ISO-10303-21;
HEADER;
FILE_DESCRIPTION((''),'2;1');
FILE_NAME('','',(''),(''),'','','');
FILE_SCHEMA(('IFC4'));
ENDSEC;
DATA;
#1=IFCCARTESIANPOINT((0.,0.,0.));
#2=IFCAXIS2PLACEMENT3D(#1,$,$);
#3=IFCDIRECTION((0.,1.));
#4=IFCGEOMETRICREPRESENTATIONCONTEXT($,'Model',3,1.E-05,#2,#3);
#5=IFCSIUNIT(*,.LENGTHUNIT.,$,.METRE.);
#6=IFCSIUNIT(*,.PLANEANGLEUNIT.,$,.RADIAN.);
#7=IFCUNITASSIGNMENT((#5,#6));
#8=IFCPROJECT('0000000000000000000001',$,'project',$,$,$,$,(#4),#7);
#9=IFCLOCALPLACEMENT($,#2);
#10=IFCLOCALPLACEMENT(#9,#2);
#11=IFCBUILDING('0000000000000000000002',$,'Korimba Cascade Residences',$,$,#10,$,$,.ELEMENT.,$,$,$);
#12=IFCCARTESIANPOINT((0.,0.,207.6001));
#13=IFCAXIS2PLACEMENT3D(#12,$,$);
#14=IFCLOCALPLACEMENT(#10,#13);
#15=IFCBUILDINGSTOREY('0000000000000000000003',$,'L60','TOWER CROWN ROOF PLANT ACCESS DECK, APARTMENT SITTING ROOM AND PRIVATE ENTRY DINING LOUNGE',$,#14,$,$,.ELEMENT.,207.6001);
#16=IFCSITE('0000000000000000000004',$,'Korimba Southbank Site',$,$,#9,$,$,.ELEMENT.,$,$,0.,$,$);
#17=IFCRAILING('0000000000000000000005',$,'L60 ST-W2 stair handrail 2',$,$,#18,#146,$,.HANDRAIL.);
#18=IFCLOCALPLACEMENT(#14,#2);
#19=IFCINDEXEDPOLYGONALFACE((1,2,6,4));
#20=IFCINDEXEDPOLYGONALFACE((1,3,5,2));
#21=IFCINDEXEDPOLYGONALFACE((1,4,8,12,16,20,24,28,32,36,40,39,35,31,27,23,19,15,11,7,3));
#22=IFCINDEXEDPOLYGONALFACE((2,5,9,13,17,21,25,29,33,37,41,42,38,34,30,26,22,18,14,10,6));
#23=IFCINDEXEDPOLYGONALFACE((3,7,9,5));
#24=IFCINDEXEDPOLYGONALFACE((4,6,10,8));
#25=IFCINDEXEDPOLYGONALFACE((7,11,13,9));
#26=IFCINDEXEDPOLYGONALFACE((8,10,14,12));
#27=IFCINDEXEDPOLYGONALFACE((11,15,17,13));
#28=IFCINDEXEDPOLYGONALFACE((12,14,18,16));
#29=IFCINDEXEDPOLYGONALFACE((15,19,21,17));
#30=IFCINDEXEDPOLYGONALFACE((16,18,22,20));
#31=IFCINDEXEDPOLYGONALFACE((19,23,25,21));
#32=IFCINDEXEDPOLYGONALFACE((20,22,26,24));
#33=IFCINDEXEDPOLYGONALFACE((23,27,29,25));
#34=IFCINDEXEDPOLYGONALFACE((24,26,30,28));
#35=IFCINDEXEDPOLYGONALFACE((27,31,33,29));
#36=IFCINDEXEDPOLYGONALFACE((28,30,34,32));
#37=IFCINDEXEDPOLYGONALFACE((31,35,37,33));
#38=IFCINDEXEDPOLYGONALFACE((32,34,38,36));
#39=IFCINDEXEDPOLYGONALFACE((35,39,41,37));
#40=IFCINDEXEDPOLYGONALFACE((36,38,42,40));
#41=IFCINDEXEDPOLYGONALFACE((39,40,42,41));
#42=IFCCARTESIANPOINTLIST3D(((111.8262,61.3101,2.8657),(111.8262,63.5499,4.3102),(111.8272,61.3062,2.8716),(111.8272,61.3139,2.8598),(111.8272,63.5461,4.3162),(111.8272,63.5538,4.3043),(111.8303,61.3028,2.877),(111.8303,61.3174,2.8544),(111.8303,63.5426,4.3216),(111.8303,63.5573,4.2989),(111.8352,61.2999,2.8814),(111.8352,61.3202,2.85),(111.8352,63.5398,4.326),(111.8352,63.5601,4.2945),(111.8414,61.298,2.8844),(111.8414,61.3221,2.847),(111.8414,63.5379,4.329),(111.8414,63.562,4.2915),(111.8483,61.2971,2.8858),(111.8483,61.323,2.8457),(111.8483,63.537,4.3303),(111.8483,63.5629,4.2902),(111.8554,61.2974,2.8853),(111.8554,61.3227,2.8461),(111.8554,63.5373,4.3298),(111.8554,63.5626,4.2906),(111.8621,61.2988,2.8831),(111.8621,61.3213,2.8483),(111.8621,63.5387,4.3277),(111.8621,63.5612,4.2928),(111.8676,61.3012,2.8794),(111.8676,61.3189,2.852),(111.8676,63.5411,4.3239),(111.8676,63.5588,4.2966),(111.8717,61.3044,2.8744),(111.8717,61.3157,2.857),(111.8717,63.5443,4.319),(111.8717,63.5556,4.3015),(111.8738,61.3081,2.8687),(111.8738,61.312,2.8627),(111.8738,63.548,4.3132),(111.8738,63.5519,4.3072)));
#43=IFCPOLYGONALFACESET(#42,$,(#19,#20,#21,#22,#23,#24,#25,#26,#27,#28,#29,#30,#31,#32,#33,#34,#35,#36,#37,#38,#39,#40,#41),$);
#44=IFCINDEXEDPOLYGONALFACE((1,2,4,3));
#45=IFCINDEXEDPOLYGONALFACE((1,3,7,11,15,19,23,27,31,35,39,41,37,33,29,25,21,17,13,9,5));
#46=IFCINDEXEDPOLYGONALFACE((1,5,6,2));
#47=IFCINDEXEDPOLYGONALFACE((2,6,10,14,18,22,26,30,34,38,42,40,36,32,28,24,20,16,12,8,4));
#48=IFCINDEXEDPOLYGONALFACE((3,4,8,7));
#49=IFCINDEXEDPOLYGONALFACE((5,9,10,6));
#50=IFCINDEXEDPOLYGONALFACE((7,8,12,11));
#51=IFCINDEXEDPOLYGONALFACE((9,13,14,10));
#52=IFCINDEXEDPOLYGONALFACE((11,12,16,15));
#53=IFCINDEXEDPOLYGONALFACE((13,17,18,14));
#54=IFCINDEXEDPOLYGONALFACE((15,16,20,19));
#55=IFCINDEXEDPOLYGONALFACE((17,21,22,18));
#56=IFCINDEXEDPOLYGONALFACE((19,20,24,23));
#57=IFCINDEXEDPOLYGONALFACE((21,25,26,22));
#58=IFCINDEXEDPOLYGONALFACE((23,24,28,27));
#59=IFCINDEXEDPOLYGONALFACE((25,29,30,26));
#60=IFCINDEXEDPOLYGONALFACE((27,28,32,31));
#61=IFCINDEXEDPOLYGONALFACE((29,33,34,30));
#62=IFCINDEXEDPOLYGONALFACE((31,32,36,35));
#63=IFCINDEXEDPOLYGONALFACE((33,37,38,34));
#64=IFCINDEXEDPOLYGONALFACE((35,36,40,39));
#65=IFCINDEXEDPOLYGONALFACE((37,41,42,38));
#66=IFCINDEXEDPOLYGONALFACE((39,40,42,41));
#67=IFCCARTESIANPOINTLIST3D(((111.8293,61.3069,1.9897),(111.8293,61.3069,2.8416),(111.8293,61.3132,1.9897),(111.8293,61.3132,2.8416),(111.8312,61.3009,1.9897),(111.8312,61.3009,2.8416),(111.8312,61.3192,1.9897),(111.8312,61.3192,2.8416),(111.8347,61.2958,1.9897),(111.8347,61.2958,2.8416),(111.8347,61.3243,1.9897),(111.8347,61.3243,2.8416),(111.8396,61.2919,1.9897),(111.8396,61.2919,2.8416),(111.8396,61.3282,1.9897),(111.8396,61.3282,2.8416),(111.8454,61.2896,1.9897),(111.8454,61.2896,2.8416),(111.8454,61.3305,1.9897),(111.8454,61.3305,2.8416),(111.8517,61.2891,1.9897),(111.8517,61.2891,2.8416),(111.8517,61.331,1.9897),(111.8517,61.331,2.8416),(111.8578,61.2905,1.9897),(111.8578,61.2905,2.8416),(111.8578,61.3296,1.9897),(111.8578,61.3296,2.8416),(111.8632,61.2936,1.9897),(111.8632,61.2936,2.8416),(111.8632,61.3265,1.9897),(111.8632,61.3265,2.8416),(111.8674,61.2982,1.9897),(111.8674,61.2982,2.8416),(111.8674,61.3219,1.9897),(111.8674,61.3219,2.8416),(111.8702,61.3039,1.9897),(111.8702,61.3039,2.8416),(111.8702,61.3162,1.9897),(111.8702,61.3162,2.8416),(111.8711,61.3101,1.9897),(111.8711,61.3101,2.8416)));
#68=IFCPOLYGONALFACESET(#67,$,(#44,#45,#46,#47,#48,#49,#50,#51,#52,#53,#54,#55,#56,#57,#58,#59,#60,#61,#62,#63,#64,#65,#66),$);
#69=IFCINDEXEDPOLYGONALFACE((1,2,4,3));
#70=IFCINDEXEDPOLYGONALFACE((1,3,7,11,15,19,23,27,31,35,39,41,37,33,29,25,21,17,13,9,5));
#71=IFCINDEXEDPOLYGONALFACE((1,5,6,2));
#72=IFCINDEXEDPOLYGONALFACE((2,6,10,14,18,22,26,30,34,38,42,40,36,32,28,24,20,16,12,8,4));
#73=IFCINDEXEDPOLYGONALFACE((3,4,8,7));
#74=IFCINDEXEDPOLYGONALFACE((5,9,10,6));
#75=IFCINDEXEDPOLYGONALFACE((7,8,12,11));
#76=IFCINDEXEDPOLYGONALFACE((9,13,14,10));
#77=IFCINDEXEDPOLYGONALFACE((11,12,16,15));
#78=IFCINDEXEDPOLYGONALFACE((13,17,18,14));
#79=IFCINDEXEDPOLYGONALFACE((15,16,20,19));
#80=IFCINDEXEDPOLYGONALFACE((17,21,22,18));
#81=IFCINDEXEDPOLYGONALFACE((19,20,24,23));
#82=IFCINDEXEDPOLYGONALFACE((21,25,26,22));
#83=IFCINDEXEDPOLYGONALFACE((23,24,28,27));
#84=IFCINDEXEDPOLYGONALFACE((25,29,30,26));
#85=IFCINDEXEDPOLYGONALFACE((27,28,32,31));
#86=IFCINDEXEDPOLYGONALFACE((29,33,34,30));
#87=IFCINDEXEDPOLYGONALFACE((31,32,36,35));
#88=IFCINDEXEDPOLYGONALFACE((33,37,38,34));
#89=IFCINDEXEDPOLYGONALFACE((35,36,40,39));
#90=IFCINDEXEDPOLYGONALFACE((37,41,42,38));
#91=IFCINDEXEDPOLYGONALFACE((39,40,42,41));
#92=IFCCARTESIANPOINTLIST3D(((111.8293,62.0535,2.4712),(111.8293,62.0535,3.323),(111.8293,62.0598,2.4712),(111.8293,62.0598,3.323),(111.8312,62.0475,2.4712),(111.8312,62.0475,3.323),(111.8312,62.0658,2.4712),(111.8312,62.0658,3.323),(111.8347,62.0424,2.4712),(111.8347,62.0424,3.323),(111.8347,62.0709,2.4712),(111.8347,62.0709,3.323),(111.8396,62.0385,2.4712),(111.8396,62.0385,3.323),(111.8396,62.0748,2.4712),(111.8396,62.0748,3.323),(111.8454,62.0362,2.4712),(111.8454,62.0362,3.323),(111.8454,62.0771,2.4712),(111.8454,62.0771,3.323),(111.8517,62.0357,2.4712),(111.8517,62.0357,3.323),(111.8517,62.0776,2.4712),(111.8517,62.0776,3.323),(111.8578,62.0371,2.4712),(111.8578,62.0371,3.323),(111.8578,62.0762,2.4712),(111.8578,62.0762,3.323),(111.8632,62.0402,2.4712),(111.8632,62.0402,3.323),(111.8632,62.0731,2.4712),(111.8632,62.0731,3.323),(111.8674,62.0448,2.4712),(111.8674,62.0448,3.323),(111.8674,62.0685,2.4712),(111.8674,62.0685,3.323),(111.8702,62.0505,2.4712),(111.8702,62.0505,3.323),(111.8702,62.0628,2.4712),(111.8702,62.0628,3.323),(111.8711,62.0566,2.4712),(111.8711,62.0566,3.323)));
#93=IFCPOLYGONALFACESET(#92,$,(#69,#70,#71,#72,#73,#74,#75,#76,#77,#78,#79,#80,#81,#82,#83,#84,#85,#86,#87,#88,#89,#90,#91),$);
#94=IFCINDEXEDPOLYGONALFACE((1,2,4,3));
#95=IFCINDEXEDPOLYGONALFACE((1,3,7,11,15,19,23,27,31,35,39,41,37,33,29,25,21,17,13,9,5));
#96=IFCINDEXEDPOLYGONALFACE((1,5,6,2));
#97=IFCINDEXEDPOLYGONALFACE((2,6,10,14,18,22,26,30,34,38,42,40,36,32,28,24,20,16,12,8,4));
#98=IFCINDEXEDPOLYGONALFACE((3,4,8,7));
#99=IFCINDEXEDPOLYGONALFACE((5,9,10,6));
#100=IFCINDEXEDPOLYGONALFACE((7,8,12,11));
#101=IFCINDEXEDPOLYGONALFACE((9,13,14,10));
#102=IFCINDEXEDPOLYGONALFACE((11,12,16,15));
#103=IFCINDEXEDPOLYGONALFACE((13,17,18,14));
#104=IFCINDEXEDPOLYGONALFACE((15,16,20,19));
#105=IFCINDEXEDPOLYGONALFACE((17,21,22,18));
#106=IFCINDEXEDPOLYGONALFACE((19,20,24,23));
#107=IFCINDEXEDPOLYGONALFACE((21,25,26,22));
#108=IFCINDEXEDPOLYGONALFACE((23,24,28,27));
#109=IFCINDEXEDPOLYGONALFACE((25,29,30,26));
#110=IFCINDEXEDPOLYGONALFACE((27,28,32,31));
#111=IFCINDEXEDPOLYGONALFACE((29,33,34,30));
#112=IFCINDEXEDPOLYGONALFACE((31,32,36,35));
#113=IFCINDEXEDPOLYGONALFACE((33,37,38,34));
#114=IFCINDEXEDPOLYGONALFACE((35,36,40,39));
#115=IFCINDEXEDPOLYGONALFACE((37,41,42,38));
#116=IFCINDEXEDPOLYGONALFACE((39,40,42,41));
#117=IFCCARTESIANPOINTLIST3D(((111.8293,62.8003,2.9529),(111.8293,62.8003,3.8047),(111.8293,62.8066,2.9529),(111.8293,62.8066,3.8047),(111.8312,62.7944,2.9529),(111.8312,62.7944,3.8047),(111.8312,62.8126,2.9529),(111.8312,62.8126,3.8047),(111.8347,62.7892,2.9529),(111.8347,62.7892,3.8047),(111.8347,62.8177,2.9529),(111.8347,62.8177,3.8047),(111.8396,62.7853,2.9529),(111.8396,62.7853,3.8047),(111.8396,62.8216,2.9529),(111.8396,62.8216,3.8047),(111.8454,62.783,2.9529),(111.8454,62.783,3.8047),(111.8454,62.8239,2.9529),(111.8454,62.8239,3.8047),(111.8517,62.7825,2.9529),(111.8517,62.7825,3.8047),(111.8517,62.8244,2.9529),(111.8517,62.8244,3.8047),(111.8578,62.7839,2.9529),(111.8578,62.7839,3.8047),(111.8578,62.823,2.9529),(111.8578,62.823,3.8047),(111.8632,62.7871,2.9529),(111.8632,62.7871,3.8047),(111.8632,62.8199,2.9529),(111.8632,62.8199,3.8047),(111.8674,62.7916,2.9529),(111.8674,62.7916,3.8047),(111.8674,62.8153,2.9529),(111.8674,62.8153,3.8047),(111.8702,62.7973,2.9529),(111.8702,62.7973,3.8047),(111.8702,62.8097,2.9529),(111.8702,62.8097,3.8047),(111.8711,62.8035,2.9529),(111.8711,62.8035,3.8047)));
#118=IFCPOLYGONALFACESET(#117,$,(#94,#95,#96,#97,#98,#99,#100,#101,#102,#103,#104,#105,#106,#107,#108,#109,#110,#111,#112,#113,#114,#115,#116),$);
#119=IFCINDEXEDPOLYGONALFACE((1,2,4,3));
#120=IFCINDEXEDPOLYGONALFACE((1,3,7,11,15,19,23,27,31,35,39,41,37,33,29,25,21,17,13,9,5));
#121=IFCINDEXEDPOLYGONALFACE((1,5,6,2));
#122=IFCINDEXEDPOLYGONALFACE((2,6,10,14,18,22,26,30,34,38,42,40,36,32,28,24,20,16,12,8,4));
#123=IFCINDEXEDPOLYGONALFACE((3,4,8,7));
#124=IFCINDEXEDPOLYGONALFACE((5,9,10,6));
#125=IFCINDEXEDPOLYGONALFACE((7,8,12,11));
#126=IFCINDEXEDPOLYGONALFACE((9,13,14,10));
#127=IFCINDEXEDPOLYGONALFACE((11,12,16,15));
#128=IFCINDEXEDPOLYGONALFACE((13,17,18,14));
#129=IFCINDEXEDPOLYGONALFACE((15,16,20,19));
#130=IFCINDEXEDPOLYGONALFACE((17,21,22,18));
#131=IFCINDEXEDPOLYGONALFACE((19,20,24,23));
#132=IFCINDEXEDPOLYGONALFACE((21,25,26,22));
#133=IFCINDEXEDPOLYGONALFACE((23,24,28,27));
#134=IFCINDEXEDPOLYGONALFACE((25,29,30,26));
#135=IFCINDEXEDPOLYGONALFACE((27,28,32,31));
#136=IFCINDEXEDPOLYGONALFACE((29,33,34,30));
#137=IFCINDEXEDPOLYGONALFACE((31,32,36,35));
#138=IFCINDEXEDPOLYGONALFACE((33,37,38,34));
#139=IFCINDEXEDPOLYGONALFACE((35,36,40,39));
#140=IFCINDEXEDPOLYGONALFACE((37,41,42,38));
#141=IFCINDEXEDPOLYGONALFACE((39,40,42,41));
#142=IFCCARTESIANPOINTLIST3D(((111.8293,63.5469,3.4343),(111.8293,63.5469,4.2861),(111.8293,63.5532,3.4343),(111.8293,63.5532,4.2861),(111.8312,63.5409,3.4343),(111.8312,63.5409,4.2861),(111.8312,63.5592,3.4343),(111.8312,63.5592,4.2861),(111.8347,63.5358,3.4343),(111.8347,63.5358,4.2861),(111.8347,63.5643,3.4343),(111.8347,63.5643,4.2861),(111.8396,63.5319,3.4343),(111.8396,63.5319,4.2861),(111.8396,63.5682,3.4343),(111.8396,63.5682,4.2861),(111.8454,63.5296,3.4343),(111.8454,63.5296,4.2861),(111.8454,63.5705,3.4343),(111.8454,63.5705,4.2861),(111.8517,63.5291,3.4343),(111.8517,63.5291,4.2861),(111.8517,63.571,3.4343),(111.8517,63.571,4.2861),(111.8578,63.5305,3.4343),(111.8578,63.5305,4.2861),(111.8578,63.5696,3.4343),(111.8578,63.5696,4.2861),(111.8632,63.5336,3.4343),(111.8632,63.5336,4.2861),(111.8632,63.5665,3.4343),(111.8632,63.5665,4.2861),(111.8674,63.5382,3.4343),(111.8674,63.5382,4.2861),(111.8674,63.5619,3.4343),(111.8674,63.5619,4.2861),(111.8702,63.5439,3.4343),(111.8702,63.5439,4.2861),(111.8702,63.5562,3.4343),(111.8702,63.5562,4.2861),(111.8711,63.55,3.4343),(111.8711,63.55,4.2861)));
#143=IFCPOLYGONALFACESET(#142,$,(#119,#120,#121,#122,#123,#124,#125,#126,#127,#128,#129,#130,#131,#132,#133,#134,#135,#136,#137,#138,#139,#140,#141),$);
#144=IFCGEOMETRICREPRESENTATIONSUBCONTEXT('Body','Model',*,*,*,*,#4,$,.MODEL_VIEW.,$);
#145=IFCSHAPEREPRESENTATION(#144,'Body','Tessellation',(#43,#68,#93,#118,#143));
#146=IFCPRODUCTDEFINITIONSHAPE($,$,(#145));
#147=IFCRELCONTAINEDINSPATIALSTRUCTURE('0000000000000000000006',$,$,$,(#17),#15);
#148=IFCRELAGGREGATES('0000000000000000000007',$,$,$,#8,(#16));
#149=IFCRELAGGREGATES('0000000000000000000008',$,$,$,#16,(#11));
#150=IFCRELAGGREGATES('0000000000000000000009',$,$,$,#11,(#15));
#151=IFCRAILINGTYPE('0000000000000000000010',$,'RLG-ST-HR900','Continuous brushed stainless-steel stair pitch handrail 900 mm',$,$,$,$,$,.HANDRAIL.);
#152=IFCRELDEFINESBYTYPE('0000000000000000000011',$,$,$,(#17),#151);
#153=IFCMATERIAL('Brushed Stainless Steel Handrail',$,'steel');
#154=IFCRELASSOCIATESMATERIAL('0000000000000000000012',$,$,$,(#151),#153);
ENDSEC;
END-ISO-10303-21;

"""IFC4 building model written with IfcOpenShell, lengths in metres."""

from ifc_helpers import new_model, si_unit, direction, frame, origin, origin_2d, place, context, subcontext, project, spatial, circle, extrude, material, type_object, element, save


model = new_model("IFC4")

# Units and contexts
model_context = context("Model", 3, precision=1e-05, world=origin(), true_north=direction((0.0, 1.0)))
body_context = subcontext(model_context, "Body", "Model", "MODEL_VIEW")
ifc_project = project(units=[si_unit("LENGTHUNIT", "METRE"), si_unit("PLANEANGLEUNIT", "RADIAN")], contexts=[model_context])

# Site, building, storey
site_placement = place(None, origin())
site = spatial("IfcSite", under=ifc_project, at=site_placement, Name="Korimba Southbank Site", CompositionType="ELEMENT", RefElevation=0.0)
building_placement = place(site_placement, origin())
building = spatial("IfcBuilding", under=site, at=building_placement, Name="Korimba Cascade Residences", CompositionType="ELEMENT")
storey_placement = place(building_placement, frame((0.0, 0.0, 207.6001)))
storey = spatial("IfcBuildingStorey", under=building, at=storey_placement, Name="L60", Description="TOWER CROWN ROOF PLANT ACCESS DECK, APARTMENT SITTING ROOM AND PRIVATE ENTRY DINING LOUNGE", CompositionType="ELEMENT", Elevation=207.6001)

# Railing
ifc_material_1 = material(Name="Brushed Stainless Steel Handrail", Category="steel")
railing_type = type_object("IfcRailingType", Name="RLG-ST-HR900", Description="Continuous brushed stainless-steel stair pitch handrail 900 mm", PredefinedType="HANDRAIL", material=ifc_material_1)
railing_placement = place(storey_placement, frame((111.8501, 61.3101, 1.9897)))
element("IfcRailing", 1, at=railing_placement, inside=storey, type_object=railing_type, Name="L60 ST-W2 stair handrail 2", PredefinedType="HANDRAIL", context=body_context, shape_type="SweptSolid", body=[
    extrude(circle(Radius=0.0239, at=origin_2d()), frame((0.0, 0.0, 0.876), z_axis=(0.0, 0.840395, 0.541975), x_axis=(-1.0, 0.0, 0.0)), (0.0, 0.0, 1.0), 2.6653),
    extrude(circle(Radius=0.021, at=origin_2d()), origin(), (0.0, 0.0, 1.0), 0.8518),
    extrude(circle(Radius=0.021, at=origin_2d()), frame((0.0, 0.7466, 0.4814)), (0.0, 0.0, 1.0), 0.8518),
    extrude(circle(Radius=0.021, at=origin_2d()), frame((0.0, 1.4934, 0.9631)), (0.0, 0.0, 1.0), 0.8518),
    extrude(circle(Radius=0.021, at=origin_2d()), frame((0.0, 2.24, 1.4446)), (0.0, 0.0, 1.0), 0.8518),
])

save(model, "model.ifc")
